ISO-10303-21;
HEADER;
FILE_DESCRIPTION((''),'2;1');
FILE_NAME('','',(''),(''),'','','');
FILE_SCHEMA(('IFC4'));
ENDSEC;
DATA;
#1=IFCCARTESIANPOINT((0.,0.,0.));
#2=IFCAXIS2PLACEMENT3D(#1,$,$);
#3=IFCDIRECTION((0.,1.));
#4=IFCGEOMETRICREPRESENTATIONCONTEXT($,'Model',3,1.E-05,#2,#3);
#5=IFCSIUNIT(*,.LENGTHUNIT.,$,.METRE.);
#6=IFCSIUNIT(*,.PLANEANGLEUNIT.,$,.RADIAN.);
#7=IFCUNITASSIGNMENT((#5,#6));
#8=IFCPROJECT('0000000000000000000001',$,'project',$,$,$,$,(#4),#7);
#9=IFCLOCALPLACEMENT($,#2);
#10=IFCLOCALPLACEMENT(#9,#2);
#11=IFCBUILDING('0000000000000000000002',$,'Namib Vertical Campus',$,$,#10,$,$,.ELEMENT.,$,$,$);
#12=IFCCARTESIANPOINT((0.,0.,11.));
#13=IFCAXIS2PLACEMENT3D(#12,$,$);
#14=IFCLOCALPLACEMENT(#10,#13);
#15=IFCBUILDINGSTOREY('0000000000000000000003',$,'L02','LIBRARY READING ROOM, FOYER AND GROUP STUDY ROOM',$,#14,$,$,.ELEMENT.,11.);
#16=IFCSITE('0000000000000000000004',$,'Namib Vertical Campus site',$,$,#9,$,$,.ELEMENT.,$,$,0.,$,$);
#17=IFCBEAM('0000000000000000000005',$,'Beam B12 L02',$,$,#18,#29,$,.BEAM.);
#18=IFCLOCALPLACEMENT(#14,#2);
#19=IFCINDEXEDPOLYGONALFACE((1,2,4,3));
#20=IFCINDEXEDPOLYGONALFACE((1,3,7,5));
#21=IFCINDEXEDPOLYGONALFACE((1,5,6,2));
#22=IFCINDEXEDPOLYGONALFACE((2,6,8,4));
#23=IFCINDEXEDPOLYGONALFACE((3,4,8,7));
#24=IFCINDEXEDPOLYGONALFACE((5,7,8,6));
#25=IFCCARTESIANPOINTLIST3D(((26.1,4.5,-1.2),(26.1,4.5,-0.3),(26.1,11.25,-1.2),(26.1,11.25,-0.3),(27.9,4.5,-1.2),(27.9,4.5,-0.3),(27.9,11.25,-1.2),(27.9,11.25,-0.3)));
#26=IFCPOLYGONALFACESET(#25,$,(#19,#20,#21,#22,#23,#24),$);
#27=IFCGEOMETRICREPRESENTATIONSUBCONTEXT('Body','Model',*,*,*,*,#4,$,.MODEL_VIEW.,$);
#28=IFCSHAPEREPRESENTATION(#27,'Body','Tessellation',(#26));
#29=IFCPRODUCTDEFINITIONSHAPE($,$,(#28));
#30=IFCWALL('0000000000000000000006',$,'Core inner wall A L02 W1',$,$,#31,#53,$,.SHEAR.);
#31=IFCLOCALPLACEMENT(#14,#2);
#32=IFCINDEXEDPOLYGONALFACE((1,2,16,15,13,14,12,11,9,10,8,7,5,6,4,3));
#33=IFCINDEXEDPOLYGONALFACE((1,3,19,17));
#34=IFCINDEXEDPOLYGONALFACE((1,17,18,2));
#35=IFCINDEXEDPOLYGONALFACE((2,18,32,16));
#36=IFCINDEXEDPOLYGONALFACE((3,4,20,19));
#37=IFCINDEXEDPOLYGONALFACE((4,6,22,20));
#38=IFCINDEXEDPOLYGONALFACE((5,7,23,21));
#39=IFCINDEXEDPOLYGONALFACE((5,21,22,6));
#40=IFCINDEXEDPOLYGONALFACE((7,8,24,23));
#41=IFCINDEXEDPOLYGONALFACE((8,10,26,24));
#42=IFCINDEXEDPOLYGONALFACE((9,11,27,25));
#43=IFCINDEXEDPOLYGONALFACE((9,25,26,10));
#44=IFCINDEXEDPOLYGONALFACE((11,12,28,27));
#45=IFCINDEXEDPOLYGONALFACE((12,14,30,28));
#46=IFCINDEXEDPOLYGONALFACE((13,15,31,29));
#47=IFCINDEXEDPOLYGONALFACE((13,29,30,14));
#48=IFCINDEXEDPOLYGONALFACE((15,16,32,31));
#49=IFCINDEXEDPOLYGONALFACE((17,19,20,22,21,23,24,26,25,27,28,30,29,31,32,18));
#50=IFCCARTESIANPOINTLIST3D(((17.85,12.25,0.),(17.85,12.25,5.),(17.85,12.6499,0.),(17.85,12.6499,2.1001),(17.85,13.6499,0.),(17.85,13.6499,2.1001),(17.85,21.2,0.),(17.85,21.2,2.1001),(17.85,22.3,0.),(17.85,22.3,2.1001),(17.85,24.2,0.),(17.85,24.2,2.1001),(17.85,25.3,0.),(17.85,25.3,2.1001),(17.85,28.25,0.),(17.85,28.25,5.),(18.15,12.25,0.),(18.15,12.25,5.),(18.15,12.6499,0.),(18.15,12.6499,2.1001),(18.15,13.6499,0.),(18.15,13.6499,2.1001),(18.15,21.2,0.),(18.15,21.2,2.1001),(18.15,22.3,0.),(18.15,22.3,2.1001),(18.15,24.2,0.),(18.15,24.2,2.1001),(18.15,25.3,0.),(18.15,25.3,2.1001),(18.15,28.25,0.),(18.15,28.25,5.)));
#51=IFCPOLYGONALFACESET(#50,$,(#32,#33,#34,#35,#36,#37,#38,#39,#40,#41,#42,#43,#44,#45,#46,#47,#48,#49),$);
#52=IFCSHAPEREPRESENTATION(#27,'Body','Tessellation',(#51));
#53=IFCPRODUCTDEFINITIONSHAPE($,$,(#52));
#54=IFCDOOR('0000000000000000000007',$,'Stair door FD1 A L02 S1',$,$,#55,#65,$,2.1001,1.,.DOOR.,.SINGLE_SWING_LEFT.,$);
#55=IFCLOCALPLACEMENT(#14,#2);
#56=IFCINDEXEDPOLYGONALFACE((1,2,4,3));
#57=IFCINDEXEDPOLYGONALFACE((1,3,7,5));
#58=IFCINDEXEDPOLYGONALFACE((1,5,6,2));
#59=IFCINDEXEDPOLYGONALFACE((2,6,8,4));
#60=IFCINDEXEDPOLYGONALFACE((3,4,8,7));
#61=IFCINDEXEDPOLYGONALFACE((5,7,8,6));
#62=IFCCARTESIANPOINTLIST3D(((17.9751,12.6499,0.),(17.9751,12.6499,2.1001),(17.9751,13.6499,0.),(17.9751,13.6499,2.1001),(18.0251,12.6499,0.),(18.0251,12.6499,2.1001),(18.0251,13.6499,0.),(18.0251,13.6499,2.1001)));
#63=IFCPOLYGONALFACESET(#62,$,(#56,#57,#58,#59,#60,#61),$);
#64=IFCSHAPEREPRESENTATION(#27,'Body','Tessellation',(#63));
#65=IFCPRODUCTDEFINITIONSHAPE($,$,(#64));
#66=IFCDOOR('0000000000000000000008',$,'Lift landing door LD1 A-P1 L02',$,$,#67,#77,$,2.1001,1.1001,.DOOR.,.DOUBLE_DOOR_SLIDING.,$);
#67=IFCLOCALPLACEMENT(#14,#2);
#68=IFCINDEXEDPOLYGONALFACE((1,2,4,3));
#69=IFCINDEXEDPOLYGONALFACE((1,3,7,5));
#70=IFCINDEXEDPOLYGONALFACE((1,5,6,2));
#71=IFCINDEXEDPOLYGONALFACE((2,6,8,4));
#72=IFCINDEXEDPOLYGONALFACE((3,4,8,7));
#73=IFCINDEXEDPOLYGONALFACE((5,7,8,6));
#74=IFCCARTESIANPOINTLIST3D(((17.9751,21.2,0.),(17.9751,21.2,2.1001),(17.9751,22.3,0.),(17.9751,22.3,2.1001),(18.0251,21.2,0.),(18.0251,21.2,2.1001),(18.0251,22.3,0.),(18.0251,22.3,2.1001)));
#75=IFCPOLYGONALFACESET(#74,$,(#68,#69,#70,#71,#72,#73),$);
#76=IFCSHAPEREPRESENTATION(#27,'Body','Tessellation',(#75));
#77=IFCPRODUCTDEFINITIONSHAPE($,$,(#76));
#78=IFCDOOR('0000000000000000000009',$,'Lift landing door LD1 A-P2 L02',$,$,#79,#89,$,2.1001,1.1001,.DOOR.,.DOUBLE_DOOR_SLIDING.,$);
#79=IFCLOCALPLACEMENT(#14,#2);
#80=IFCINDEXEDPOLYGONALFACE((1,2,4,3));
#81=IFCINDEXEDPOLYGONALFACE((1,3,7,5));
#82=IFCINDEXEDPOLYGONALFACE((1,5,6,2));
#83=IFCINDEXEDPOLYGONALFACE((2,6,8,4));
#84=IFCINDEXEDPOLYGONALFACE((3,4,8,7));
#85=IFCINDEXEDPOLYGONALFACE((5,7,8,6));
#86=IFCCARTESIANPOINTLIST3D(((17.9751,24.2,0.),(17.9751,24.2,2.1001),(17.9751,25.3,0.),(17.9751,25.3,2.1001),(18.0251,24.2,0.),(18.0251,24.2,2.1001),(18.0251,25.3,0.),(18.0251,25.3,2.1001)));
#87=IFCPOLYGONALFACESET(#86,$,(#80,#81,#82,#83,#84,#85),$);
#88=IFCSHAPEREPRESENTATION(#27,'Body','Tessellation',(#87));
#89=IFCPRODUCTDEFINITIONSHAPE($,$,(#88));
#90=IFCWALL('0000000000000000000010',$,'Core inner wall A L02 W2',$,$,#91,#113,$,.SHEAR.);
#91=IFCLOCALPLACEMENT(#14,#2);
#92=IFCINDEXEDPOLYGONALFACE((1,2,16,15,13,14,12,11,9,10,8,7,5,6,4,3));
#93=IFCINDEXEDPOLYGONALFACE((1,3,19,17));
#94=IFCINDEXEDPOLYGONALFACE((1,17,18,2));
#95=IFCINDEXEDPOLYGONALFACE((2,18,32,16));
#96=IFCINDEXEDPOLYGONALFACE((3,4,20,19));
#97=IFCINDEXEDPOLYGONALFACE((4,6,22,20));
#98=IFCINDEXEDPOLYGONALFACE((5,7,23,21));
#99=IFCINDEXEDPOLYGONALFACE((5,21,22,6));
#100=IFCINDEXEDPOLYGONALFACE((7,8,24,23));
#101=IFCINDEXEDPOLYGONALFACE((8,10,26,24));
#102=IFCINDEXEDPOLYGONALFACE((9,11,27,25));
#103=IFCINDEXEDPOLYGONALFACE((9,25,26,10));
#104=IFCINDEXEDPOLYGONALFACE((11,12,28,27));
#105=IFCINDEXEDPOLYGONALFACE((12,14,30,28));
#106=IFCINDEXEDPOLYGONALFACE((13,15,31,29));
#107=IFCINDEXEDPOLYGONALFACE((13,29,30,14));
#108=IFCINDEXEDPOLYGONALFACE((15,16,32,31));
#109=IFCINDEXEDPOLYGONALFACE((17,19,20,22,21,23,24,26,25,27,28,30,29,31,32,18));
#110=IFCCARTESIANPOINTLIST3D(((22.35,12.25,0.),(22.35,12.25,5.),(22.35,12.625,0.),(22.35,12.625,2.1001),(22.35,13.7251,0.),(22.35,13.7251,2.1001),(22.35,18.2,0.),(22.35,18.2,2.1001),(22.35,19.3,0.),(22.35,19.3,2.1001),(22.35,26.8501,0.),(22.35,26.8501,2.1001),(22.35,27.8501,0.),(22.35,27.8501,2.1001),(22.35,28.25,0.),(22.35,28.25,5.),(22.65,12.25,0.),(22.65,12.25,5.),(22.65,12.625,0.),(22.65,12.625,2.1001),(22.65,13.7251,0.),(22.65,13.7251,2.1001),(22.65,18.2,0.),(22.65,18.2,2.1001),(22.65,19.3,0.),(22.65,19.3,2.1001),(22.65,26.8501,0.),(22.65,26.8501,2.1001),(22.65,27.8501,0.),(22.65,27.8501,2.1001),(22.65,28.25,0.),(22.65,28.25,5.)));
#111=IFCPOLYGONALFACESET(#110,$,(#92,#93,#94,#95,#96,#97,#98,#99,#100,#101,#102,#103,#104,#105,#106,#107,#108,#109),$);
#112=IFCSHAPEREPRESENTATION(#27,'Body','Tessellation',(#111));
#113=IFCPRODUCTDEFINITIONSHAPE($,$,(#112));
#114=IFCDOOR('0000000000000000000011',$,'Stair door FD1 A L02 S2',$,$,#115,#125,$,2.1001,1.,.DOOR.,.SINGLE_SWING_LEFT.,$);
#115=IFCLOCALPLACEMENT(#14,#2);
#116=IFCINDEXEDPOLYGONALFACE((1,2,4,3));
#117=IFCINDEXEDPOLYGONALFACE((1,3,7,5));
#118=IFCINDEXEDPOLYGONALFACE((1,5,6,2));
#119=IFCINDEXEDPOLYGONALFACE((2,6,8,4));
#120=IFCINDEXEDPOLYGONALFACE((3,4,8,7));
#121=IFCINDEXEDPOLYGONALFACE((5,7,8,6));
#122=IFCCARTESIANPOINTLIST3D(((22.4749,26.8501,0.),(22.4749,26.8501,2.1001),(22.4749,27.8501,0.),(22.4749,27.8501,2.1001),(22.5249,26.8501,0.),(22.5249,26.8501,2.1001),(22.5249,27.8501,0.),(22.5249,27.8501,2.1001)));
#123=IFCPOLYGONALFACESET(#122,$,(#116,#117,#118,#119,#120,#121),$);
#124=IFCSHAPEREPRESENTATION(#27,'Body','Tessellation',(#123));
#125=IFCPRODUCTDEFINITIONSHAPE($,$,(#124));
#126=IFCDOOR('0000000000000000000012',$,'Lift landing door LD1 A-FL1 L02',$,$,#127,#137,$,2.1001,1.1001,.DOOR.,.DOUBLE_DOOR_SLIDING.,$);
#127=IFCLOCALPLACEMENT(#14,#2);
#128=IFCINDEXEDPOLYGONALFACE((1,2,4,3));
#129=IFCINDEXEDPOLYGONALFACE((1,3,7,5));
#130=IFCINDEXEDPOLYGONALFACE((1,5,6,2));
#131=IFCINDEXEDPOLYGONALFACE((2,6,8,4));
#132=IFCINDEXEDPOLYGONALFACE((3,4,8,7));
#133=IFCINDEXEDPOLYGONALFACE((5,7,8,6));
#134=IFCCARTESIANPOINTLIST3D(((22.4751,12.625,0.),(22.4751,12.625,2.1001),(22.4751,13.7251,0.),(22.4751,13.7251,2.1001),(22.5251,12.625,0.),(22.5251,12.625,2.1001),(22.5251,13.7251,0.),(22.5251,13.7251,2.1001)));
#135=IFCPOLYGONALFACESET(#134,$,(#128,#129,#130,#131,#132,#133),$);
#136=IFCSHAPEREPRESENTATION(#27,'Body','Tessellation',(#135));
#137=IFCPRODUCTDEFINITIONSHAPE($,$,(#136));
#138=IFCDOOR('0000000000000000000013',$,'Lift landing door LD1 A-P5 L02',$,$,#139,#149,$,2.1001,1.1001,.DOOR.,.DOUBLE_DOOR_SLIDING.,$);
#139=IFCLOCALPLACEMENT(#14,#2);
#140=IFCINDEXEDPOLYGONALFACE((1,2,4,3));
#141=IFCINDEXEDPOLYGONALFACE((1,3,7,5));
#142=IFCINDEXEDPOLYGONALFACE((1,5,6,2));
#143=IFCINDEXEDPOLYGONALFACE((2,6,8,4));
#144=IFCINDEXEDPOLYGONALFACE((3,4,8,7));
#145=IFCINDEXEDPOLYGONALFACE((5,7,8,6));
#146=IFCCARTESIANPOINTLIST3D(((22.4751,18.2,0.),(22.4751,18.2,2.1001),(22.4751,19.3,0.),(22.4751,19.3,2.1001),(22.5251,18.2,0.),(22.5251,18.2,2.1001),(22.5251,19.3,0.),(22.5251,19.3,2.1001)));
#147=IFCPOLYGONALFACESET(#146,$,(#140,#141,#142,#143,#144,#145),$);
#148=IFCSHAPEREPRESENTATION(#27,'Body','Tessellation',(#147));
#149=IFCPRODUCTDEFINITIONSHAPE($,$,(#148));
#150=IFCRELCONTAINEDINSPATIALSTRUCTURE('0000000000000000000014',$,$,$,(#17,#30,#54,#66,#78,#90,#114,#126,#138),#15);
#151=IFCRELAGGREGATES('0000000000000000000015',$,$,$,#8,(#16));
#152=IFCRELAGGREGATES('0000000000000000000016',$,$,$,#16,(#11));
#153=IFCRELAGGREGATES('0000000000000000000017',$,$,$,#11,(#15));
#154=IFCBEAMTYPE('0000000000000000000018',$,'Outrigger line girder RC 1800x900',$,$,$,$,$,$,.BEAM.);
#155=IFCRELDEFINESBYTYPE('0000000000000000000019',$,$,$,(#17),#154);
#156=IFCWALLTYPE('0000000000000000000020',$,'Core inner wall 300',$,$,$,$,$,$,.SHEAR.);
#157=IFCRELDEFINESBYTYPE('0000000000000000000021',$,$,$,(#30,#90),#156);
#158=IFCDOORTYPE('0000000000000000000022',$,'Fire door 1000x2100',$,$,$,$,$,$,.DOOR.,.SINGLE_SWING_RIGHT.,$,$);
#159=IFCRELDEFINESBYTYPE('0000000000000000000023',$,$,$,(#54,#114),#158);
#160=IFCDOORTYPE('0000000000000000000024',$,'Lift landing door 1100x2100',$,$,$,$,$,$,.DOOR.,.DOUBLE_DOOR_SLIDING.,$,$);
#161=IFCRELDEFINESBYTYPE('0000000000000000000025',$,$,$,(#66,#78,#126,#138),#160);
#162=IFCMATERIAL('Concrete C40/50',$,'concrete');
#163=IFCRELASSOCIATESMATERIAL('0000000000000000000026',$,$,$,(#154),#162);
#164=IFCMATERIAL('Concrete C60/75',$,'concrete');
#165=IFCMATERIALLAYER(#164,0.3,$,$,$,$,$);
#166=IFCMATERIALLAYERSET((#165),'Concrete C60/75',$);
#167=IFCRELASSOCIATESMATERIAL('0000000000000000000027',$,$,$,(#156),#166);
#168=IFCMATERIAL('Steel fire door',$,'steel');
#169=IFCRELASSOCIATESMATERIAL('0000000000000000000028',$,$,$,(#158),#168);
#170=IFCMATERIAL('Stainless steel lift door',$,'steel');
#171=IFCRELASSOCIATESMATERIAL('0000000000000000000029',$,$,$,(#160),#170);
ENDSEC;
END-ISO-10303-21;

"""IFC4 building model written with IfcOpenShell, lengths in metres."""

from ifc_helpers import new_model, si_unit, direction, frame, frame_2d, origin, origin_2d, place, context, subcontext, project, spatial, rectangle, extrude, material, layer, layer_set, material_profile, profile_set, type_object, element, fill, save


model = new_model("IFC4")

# Units and contexts
model_context = context("Model", 3, precision=1e-05, world=origin(), true_north=direction((0.0, 1.0)))
body_context = subcontext(model_context, "Body", "Model", "MODEL_VIEW")
ifc_project = project(units=[si_unit("LENGTHUNIT", "METRE"), si_unit("PLANEANGLEUNIT", "RADIAN")], contexts=[model_context])

# Site, building, storey
site_placement = place(None, origin())
site = spatial("IfcSite", under=ifc_project, at=site_placement, Name="Namib Vertical Campus site", CompositionType="ELEMENT", RefElevation=0.0)
building_placement = place(site_placement, origin())
building = spatial("IfcBuilding", under=site, at=building_placement, Name="Namib Vertical Campus", CompositionType="ELEMENT")
storey_placement = place(building_placement, frame((0.0, 0.0, 11.0)))
storey = spatial("IfcBuildingStorey", under=building, at=storey_placement, Name="L02", Description="LIBRARY READING ROOM, FOYER AND GROUP STUDY ROOM", CompositionType="ELEMENT", Elevation=11.0)

# Beam
ifc_material_1 = material(Name="Concrete C40/50", Category="concrete")
ifc_material_profile = material_profile(ifc_material_1, rectangle(XDim=1.8, YDim=0.8999, at=origin_2d()))
ifc_profile_set = profile_set([ifc_material_profile], Name="Concrete C40/50")
beam_type = type_object("IfcBeamType", Name="Outrigger line girder RC 1800x900", PredefinedType="BEAM", material=ifc_profile_set)
beam_placement = place(storey_placement, frame((27.0, 4.5, -0.75), z_axis=(0.0, 1.0, 0.0), x_axis=(-1.0, 0.0, 0.0)))
element("IfcBeam", 1, at=beam_placement, inside=storey, type_object=beam_type, Name="Beam B12 L02", PredefinedType="BEAM", context=body_context, shape_type="SweptSolid", body=[
    extrude(rectangle(XDim=1.8, YDim=0.8999, at=origin_2d()), origin(), (0.0, 0.0, 1.0), 6.75),
])

# Walls, openings, doors
ifc_material_2 = material(Name="Concrete C60/75", Category="concrete")
ifc_layer_1 = layer(ifc_material_2, 0.3)
ifc_layer_set_1 = layer_set([ifc_layer_1], Name="Concrete C60/75")
wall_type_1 = type_object("IfcWallType", Name="Core inner wall 300", PredefinedType="SHEAR", material=ifc_layer_set_1)
wall_1_placement = place(storey_placement, frame((18.0, 12.25, 0.0), z_axis=(0.0, 0.0, 1.0), x_axis=(0.0, 1.0, 0.0)))
wall_1 = element("IfcWall", 2, at=wall_1_placement, inside=storey, type_object=wall_type_1, Name="Core inner wall A L02 W1", PredefinedType="SHEAR", context=body_context, shape_type="SweptSolid", body=[
    extrude(rectangle(XDim=16.0, YDim=0.3, at=frame_2d((8.0, 0.0))), origin(), (0.0, 0.0, 1.0), 5.0),
])
opening_1_placement = place(wall_1_placement, frame((0.3999, 0.0, 0.0)))
opening_1 = element("IfcOpeningElement", 3, at=opening_1_placement, cuts=wall_1, PredefinedType="OPENING", context=body_context, shape_type="SweptSolid", body=[
    extrude(rectangle(XDim=1.0, YDim=2.1001, at=frame_2d((0.5, 1.05))), frame((0.0, 0.1599, 0.0), z_axis=(0.0, -1.0, 0.0), x_axis=(1.0, 0.0, 0.0)), (0.0, 0.0, 1.0), 0.3201),
])
opening_2_placement = place(wall_1_placement, frame((8.95, 0.0, 0.0)))
opening_2 = element("IfcOpeningElement", 4, at=opening_2_placement, cuts=wall_1, PredefinedType="OPENING", context=body_context, shape_type="SweptSolid", body=[
    extrude(rectangle(XDim=1.1001, YDim=2.1001, at=frame_2d((0.55, 1.05))), frame((0.0, 0.1599, 0.0), z_axis=(0.0, -1.0, 0.0), x_axis=(1.0, 0.0, 0.0)), (0.0, 0.0, 1.0), 0.3201),
])
opening_3_placement = place(wall_1_placement, frame((11.95, 0.0, 0.0)))
opening_3 = element("IfcOpeningElement", 5, at=opening_3_placement, cuts=wall_1, PredefinedType="OPENING", context=body_context, shape_type="SweptSolid", body=[
    extrude(rectangle(XDim=1.1001, YDim=2.1001, at=frame_2d((0.55, 1.05))), frame((0.0, 0.1599, 0.0), z_axis=(0.0, -1.0, 0.0), x_axis=(1.0, 0.0, 0.0)), (0.0, 0.0, 1.0), 0.3201),
])
ifc_material_3 = material(Name="Steel fire door", Category="steel")
door_type_1 = type_object("IfcDoorType", Name="Fire door 1000x2100", OperationType="SINGLE_SWING_RIGHT", PredefinedType="DOOR", material=ifc_material_3)
door_1_placement = place(opening_1_placement, origin())
door_1 = element("IfcDoor", 6, at=door_1_placement, inside=storey, type_object=door_type_1, Name="Stair door FD1 A L02 S1", OperationType="SINGLE_SWING_LEFT", OverallHeight=2.1001, OverallWidth=1.0, PredefinedType="DOOR", context=body_context, shape_type="SweptSolid", body=[
    extrude(rectangle(XDim=1.0, YDim=2.1001, at=frame_2d((0.5, 1.05))), frame((0.0, 0.0249, 0.0), z_axis=(0.0, -1.0, 0.0), x_axis=(1.0, 0.0, 0.0)), (0.0, 0.0, 1.0), 0.05),
])
fill(opening_1, door_1)
ifc_material_4 = material(Name="Stainless steel lift door", Category="steel")
door_type_2 = type_object("IfcDoorType", Name="Lift landing door 1100x2100", OperationType="DOUBLE_DOOR_SLIDING", PredefinedType="DOOR", material=ifc_material_4)
door_2_placement = place(opening_2_placement, origin())
door_2 = element("IfcDoor", 7, at=door_2_placement, inside=storey, type_object=door_type_2, Name="Lift landing door LD1 A-P1 L02", OperationType="DOUBLE_DOOR_SLIDING", OverallHeight=2.1001, OverallWidth=1.1001, PredefinedType="DOOR", context=body_context, shape_type="SweptSolid", body=[
    extrude(rectangle(XDim=1.1001, YDim=2.1001, at=frame_2d((0.55, 1.05))), frame((0.0, 0.0249, 0.0), z_axis=(0.0, -1.0, 0.0), x_axis=(1.0, 0.0, 0.0)), (0.0, 0.0, 1.0), 0.05),
])
fill(opening_2, door_2)
door_3_placement = place(opening_3_placement, origin())
door_3 = element("IfcDoor", 8, at=door_3_placement, inside=storey, type_object=door_type_2, Name="Lift landing door LD1 A-P2 L02", OperationType="DOUBLE_DOOR_SLIDING", OverallHeight=2.1001, OverallWidth=1.1001, PredefinedType="DOOR", context=body_context, shape_type="SweptSolid", body=[
    extrude(rectangle(XDim=1.1001, YDim=2.1001, at=frame_2d((0.55, 1.05))), frame((0.0, 0.0249, 0.0), z_axis=(0.0, -1.0, 0.0), x_axis=(1.0, 0.0, 0.0)), (0.0, 0.0, 1.0), 0.05),
])
fill(opening_3, door_3)
wall_2_placement = place(storey_placement, frame((22.5, 12.25, 0.0), z_axis=(0.0, 0.0, 1.0), x_axis=(0.0, 1.0, 0.0)))
wall_2 = element("IfcWall", 9, at=wall_2_placement, inside=storey, type_object=wall_type_1, Name="Core inner wall A L02 W2", PredefinedType="SHEAR", context=body_context, shape_type="SweptSolid", body=[
    extrude(rectangle(XDim=16.0, YDim=0.3, at=frame_2d((8.0, 0.0))), origin(), (0.0, 0.0, 1.0), 5.0),
])
opening_4_placement = place(wall_2_placement, frame((14.6001, 0.0, 0.0)))
opening_4 = element("IfcOpeningElement", 10, at=opening_4_placement, cuts=wall_2, PredefinedType="OPENING", context=body_context, shape_type="SweptSolid", body=[
    extrude(rectangle(XDim=1.0, YDim=2.1001, at=frame_2d((0.5, 1.05))), frame((0.0, 0.1599, 0.0), z_axis=(0.0, -1.0, 0.0), x_axis=(1.0, 0.0, 0.0)), (0.0, 0.0, 1.0), 0.3201),
])
opening_5_placement = place(wall_2_placement, frame((0.375, 0.0, 0.0)))
opening_5 = element("IfcOpeningElement", 11, at=opening_5_placement, cuts=wall_2, PredefinedType="OPENING", context=body_context, shape_type="SweptSolid", body=[
    extrude(rectangle(XDim=1.1001, YDim=2.1001, at=frame_2d((0.55, 1.05))), frame((0.0, 0.1599, 0.0), z_axis=(0.0, -1.0, 0.0), x_axis=(1.0, 0.0, 0.0)), (0.0, 0.0, 1.0), 0.3201),
])
opening_6_placement = place(wall_2_placement, frame((5.95, 0.0, 0.0)))
opening_6 = element("IfcOpeningElement", 12, at=opening_6_placement, cuts=wall_2, PredefinedType="OPENING", context=body_context, shape_type="SweptSolid", body=[
    extrude(rectangle(XDim=1.1001, YDim=2.1001, at=frame_2d((0.55, 1.05))), frame((0.0, 0.1599, 0.0), z_axis=(0.0, -1.0, 0.0), x_axis=(1.0, 0.0, 0.0)), (0.0, 0.0, 1.0), 0.3201),
])
door_4_placement = place(opening_4_placement, frame((1.0, 0.0, 0.0), z_axis=(0.0, 0.0, 1.0), x_axis=(-1.0, 0.0, 0.0)))
door_4 = element("IfcDoor", 13, at=door_4_placement, inside=storey, type_object=door_type_1, Name="Stair door FD1 A L02 S2", OperationType="SINGLE_SWING_LEFT", OverallHeight=2.1001, OverallWidth=1.0, PredefinedType="DOOR", context=body_context, shape_type="SweptSolid", body=[
    extrude(rectangle(XDim=1.0, YDim=2.1001, at=frame_2d((0.5, 1.05))), frame((0.0, 0.0249, 0.0), z_axis=(0.0, -1.0, 0.0), x_axis=(1.0, 0.0, 0.0)), (0.0, 0.0, 1.0), 0.05),
])
fill(opening_4, door_4)
door_5_placement = place(opening_5_placement, origin())
door_5 = element("IfcDoor", 14, at=door_5_placement, inside=storey, type_object=door_type_2, Name="Lift landing door LD1 A-FL1 L02", OperationType="DOUBLE_DOOR_SLIDING", OverallHeight=2.1001, OverallWidth=1.1001, PredefinedType="DOOR", context=body_context, shape_type="SweptSolid", body=[
    extrude(rectangle(XDim=1.1001, YDim=2.1001, at=frame_2d((0.55, 1.05))), frame((0.0, 0.0249, 0.0), z_axis=(0.0, -1.0, 0.0), x_axis=(1.0, 0.0, 0.0)), (0.0, 0.0, 1.0), 0.05),
])
fill(opening_5, door_5)
door_6_placement = place(opening_6_placement, origin())
door_6 = element("IfcDoor", 15, at=door_6_placement, inside=storey, type_object=door_type_2, Name="Lift landing door LD1 A-P5 L02", OperationType="DOUBLE_DOOR_SLIDING", OverallHeight=2.1001, OverallWidth=1.1001, PredefinedType="DOOR", context=body_context, shape_type="SweptSolid", body=[
    extrude(rectangle(XDim=1.1001, YDim=2.1001, at=frame_2d((0.55, 1.05))), frame((0.0, 0.0249, 0.0), z_axis=(0.0, -1.0, 0.0), x_axis=(1.0, 0.0, 0.0)), (0.0, 0.0, 1.0), 0.05),
])
fill(opening_6, door_6)

save(model, "model.ifc")
